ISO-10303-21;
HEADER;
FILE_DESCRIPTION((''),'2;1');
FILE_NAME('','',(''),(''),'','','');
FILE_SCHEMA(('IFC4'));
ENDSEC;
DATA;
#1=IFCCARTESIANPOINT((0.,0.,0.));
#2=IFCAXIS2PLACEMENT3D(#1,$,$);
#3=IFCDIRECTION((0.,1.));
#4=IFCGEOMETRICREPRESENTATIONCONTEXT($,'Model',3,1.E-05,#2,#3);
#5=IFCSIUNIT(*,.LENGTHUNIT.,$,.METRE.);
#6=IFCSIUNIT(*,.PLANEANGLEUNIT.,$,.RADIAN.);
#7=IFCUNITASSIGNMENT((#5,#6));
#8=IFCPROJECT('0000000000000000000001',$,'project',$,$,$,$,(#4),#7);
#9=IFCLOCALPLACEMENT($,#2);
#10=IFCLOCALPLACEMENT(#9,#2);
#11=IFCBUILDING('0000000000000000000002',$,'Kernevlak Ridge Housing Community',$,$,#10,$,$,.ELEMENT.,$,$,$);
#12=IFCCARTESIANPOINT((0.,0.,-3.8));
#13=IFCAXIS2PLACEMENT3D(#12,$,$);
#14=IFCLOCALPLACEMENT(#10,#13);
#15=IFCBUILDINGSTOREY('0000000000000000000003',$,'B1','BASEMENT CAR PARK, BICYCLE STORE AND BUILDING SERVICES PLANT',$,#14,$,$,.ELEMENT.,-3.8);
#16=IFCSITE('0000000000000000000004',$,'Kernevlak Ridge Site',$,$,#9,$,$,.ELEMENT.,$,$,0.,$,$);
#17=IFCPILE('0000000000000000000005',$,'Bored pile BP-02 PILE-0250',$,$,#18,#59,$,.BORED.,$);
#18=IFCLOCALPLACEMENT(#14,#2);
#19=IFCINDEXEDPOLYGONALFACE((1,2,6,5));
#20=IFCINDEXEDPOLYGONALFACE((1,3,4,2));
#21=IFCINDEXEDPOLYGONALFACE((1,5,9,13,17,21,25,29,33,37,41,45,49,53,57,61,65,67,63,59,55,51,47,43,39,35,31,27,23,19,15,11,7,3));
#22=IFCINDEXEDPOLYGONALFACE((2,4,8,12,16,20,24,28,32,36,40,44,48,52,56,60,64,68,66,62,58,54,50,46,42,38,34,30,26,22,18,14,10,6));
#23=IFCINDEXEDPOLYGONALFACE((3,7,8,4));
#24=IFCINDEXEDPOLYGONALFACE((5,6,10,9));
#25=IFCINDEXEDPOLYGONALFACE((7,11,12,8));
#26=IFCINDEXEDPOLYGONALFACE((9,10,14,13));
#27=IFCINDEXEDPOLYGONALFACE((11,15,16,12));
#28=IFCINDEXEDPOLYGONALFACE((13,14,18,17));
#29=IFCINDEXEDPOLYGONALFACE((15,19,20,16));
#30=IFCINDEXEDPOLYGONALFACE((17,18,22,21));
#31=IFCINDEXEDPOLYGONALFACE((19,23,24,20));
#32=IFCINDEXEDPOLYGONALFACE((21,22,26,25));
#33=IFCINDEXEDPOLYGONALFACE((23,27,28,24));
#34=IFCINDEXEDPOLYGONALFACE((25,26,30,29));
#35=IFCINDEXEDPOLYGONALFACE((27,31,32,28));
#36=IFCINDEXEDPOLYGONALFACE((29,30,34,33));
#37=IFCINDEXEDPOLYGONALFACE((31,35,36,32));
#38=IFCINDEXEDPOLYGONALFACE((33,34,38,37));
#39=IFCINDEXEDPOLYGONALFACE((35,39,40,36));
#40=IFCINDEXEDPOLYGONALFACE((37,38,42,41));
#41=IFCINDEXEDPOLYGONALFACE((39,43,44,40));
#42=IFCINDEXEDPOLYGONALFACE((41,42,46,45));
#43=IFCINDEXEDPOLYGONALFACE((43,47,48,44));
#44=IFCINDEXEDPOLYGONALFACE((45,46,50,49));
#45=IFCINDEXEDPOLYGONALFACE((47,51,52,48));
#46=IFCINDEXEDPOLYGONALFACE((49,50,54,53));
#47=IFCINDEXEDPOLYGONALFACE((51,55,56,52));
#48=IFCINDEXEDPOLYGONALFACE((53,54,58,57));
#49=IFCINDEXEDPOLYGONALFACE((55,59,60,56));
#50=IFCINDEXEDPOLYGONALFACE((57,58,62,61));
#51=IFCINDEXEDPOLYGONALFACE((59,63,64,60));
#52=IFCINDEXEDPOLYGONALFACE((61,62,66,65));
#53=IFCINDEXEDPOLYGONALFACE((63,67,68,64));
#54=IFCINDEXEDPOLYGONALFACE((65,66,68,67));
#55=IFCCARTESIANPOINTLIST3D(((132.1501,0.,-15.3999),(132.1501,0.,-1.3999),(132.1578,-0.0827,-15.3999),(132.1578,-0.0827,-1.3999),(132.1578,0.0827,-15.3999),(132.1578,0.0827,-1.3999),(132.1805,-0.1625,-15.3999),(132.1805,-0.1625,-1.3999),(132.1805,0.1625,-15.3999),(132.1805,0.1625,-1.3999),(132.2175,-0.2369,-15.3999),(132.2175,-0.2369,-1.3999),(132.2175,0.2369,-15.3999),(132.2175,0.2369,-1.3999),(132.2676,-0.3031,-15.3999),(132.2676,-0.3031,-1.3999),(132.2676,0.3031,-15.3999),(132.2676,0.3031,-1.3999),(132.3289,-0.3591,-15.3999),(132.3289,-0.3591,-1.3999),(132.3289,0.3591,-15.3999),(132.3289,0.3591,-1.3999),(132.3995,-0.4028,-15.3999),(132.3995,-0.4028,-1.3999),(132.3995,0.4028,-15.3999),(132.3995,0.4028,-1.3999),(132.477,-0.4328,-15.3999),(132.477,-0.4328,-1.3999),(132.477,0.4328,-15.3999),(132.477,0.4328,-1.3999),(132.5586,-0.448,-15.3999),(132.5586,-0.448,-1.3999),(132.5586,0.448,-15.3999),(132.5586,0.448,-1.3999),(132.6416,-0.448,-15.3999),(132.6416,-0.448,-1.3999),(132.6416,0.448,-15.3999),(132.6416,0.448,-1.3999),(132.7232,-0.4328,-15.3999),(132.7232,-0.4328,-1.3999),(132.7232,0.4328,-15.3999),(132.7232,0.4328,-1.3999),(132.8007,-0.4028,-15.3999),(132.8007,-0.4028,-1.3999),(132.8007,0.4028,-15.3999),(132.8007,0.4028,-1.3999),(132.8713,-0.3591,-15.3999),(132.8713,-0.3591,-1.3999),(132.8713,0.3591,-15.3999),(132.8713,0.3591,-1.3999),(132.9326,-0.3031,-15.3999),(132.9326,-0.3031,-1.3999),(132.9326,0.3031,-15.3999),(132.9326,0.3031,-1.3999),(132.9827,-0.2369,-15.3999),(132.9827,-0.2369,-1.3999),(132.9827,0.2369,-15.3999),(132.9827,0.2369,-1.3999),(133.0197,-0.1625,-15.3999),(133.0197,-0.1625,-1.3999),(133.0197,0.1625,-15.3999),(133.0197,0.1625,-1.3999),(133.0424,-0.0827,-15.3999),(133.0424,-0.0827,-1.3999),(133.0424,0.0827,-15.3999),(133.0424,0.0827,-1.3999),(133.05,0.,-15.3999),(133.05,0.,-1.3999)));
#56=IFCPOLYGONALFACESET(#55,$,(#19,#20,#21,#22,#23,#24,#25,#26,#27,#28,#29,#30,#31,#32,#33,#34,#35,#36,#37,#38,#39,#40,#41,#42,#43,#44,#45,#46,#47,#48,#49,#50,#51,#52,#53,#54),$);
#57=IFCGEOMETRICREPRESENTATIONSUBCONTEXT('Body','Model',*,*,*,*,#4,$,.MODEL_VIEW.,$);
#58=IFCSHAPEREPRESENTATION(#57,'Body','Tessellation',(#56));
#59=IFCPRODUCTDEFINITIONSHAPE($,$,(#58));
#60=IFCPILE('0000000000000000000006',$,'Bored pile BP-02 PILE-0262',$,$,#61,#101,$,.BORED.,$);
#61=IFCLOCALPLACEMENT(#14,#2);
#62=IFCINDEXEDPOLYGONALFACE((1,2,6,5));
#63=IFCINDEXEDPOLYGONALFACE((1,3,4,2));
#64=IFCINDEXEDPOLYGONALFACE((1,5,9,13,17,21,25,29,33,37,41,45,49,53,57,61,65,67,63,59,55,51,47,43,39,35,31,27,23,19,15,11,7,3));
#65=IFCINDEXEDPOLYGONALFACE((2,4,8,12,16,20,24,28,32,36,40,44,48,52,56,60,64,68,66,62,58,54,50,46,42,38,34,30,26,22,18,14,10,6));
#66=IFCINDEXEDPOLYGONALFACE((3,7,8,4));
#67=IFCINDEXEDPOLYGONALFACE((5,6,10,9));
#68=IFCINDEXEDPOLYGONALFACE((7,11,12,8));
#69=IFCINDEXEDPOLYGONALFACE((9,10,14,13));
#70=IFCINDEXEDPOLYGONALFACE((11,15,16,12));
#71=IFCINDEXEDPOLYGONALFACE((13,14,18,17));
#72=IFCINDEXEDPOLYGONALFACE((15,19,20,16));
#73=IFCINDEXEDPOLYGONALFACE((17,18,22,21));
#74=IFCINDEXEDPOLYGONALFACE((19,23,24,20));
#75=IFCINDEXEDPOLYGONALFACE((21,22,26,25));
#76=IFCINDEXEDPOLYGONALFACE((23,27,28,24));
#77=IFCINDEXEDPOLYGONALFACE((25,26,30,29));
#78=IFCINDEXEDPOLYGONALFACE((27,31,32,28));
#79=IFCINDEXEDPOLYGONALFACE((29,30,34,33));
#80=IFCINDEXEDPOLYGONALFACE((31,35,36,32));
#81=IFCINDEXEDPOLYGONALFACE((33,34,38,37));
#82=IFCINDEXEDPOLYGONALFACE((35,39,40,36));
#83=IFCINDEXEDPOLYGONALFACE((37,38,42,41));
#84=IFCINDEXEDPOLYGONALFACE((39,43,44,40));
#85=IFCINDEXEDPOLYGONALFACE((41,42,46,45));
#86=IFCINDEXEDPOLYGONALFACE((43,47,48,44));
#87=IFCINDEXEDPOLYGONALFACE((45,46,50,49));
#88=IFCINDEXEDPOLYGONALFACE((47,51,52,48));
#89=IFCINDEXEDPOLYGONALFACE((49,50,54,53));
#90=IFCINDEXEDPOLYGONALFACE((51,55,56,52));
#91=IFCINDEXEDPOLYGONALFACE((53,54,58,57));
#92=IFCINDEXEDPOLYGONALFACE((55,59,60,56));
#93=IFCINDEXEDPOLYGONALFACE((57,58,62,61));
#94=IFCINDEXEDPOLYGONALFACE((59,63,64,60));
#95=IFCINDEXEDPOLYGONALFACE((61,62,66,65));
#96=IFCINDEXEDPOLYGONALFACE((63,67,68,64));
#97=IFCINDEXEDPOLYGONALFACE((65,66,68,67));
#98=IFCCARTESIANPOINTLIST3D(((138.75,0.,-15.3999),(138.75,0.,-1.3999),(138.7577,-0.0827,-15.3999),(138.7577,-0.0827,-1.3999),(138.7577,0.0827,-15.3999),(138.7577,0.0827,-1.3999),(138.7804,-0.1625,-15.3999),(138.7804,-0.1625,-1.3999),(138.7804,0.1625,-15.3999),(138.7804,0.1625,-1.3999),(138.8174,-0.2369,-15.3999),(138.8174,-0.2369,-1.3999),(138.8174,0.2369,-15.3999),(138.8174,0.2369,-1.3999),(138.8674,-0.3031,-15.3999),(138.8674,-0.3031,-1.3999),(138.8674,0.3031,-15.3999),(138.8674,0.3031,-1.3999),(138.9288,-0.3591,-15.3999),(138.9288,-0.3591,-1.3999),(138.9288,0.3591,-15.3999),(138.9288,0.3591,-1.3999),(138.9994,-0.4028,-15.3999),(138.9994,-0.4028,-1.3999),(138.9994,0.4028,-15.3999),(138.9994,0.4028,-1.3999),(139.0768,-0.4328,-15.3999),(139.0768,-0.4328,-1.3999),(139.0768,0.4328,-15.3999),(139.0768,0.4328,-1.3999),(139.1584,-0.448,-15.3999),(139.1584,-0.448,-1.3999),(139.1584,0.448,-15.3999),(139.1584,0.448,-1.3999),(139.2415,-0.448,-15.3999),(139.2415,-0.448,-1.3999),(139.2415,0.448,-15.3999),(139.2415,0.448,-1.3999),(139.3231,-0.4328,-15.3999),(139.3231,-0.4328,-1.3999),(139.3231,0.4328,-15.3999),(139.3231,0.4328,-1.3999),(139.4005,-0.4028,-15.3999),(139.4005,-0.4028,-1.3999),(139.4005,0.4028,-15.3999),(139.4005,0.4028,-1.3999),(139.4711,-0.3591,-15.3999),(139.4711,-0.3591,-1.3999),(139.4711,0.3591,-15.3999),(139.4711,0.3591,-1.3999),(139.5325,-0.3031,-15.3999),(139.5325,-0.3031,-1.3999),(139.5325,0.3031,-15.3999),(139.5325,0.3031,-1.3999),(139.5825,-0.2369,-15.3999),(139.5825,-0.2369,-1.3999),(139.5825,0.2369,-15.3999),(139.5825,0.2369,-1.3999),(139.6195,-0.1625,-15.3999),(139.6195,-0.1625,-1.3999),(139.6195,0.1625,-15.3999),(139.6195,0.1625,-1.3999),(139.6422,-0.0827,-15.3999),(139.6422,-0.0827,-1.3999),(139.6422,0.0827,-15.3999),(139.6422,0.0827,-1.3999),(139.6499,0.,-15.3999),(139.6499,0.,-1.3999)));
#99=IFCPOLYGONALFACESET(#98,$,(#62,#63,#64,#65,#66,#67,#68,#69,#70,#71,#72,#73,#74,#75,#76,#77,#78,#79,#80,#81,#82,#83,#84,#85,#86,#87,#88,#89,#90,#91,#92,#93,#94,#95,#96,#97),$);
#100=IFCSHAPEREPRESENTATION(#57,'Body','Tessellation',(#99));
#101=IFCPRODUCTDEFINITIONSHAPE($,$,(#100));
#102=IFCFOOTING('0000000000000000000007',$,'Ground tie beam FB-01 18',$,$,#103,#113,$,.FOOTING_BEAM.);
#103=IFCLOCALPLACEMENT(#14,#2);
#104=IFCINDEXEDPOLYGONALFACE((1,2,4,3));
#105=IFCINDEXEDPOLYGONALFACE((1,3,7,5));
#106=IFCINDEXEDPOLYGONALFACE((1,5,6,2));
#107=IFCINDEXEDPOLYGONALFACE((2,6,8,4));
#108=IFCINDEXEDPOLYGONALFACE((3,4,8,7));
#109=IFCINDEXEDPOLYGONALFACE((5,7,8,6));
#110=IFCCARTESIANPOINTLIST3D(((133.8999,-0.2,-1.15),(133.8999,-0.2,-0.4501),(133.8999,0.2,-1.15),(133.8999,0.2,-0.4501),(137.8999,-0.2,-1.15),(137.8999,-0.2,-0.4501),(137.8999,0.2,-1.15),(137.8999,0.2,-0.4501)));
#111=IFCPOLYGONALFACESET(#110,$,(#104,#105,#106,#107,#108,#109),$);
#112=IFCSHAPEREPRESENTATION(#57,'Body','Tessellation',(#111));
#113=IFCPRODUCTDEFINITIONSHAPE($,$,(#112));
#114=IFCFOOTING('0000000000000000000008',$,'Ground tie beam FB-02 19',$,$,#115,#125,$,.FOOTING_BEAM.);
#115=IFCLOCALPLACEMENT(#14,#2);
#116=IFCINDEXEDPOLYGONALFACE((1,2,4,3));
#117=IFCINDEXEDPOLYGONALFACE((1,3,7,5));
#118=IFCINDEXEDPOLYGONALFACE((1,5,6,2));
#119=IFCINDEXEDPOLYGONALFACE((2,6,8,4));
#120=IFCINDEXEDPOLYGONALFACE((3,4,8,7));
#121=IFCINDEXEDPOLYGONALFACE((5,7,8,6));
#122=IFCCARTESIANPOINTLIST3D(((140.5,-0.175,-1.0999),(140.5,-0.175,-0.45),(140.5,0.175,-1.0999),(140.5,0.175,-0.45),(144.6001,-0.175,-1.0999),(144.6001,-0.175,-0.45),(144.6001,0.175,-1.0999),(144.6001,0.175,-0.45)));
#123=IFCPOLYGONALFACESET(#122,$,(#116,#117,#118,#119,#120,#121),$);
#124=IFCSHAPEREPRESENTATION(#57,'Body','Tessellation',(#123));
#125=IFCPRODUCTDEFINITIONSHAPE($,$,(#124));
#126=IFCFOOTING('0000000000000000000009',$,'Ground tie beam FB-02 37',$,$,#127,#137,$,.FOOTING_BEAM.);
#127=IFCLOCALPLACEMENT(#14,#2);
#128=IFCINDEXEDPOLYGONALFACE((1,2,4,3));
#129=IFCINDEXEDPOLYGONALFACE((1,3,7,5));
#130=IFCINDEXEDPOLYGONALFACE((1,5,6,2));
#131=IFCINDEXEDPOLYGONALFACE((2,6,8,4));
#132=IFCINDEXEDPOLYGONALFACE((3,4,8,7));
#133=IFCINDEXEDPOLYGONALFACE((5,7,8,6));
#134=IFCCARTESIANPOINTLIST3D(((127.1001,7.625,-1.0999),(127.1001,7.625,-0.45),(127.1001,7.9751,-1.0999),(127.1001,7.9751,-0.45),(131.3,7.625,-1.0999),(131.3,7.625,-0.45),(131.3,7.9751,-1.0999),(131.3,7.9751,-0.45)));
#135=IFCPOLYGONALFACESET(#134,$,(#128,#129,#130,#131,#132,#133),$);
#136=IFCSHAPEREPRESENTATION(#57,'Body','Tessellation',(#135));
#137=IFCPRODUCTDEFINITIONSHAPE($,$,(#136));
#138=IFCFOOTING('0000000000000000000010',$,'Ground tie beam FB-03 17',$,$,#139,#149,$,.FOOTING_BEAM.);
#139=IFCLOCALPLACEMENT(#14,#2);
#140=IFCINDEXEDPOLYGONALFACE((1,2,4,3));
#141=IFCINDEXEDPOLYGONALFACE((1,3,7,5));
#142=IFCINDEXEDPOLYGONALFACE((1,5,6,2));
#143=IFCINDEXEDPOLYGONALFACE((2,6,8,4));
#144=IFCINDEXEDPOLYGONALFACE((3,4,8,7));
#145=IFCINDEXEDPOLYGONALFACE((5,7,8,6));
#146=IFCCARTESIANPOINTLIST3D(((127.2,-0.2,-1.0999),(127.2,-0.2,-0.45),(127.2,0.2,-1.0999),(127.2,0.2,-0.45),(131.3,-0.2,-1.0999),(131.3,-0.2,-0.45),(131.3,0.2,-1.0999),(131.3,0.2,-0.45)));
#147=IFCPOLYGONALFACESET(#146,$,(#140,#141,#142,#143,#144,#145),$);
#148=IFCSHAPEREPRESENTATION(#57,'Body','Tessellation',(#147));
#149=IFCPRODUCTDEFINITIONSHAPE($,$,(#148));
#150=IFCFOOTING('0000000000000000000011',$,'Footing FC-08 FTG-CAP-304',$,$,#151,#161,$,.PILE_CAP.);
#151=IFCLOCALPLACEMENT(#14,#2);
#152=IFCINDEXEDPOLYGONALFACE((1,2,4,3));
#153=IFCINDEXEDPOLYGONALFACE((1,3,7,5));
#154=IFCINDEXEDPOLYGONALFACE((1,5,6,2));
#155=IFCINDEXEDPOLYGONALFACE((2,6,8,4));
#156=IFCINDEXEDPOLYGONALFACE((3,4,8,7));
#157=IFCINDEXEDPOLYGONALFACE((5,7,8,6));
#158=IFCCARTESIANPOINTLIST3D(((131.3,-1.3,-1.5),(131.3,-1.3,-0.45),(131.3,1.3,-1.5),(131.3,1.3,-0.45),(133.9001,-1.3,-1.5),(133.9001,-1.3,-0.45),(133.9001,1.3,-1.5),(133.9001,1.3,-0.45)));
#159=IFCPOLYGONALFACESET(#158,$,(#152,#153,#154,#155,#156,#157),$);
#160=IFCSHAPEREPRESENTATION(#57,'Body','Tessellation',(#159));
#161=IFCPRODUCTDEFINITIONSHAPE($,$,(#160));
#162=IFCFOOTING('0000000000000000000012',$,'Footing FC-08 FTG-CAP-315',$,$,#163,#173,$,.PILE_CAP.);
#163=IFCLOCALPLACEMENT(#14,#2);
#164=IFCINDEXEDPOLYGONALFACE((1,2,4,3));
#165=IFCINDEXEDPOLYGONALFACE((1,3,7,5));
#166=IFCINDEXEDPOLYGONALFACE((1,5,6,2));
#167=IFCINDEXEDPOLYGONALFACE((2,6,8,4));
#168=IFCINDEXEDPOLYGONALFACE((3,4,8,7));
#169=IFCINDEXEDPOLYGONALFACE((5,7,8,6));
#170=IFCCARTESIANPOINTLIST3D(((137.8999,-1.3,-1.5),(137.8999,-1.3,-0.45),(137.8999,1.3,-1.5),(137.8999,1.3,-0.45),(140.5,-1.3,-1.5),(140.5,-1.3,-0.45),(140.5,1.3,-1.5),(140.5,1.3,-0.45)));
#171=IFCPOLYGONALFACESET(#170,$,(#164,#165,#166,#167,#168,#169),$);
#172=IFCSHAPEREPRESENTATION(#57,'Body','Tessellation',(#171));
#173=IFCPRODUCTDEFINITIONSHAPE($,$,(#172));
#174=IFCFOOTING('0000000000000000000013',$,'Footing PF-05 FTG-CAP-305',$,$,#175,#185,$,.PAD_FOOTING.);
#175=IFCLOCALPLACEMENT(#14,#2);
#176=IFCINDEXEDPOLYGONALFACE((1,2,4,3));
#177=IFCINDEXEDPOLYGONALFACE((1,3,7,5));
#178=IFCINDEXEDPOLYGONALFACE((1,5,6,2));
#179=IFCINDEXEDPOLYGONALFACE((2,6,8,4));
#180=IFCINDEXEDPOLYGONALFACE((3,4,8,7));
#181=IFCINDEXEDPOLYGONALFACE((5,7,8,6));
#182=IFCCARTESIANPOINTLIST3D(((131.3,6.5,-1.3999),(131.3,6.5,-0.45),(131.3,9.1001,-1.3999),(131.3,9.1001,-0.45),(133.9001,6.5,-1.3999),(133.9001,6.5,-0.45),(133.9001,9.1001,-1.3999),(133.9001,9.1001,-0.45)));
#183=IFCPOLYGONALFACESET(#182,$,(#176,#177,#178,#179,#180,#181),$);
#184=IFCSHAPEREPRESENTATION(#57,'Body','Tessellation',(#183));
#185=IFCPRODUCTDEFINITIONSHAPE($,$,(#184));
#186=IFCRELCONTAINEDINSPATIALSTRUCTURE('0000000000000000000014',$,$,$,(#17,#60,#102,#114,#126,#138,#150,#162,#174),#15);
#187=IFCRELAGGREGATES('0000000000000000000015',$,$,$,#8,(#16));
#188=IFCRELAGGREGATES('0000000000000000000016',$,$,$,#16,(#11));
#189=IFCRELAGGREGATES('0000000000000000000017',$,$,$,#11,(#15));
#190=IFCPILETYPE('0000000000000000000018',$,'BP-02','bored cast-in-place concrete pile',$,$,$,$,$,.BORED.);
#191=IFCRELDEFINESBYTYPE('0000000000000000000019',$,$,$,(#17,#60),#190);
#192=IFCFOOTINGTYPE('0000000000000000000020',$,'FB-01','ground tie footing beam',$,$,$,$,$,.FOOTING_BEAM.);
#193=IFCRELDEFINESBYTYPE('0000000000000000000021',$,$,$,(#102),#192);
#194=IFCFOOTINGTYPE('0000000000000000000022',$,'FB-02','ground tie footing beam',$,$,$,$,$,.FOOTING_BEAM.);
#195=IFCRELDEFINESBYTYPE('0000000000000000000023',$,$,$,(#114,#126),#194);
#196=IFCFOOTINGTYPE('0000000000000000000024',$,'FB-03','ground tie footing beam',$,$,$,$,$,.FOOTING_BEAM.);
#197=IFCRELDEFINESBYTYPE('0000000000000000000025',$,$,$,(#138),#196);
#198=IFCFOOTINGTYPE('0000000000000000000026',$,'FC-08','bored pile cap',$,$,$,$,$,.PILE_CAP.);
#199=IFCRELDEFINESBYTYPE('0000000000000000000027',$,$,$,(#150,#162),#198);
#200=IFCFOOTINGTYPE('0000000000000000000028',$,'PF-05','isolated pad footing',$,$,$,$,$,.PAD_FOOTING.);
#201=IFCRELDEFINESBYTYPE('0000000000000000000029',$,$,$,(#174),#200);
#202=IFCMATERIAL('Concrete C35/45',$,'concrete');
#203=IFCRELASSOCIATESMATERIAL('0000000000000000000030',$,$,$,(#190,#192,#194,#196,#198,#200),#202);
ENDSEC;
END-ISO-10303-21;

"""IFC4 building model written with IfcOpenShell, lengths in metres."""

from ifc_helpers import new_model, si_unit, direction, frame, origin, origin_2d, place, context, subcontext, project, spatial, rectangle, circle, extrude, material, material_profile, profile_set, type_object, element, save


model = new_model("IFC4")

# Units and contexts
model_context = context("Model", 3, precision=1e-05, world=origin(), true_north=direction((0.0, 1.0)))
body_context = subcontext(model_context, "Body", "Model", "MODEL_VIEW")
ifc_project = project(units=[si_unit("LENGTHUNIT", "METRE"), si_unit("PLANEANGLEUNIT", "RADIAN")], contexts=[model_context])

# Site, building, storey
site_placement = place(None, origin())
site = spatial("IfcSite", under=ifc_project, at=site_placement, Name="Kernevlak Ridge Site", CompositionType="ELEMENT", RefElevation=0.0)
building_placement = place(site_placement, origin())
building = spatial("IfcBuilding", under=site, at=building_placement, Name="Kernevlak Ridge Housing Community", CompositionType="ELEMENT")
storey_placement = place(building_placement, frame((0.0, 0.0, -3.8)))
storey = spatial("IfcBuildingStorey", under=building, at=storey_placement, Name="B1", Description="BASEMENT CAR PARK, BICYCLE STORE AND BUILDING SERVICES PLANT", CompositionType="ELEMENT", Elevation=-3.8)

# Piles
ifc_material_1 = material(Name="Concrete C35/45", Category="concrete")
ifc_material_profile_1 = material_profile(ifc_material_1, circle(Radius=0.45, at=origin_2d()), Name="BORED PILE 900")
ifc_profile_set_1 = profile_set([ifc_material_profile_1], Name="Concrete C35/45")
pile_type = type_object("IfcPileType", Name="BP-02", Description="bored cast-in-place concrete pile", PredefinedType="BORED", material=ifc_profile_set_1)
for number, where, z_axis, x_axis, name in (
    (1, (132.6001, 0.0, -1.3999), (0.0, 0.0, -1.0), (1.0, 0.0, 0.0), "Bored pile BP-02 PILE-0250"),
    (2, (139.2, 0.0, -1.3999), (0.0, 0.0, -1.0), (1.0, 0.0, 0.0), "Bored pile BP-02 PILE-0262"),
):
    element("IfcPile", number, at=place(storey_placement, frame(where, z_axis=z_axis, x_axis=x_axis)), inside=storey, type_object=pile_type, Name=name, PredefinedType="BORED", context=body_context, shape_type="SweptSolid", body=[
        extrude(circle(Radius=0.45, at=origin_2d()), origin(), (0.0, 0.0, 1.0), 14.0),
    ])

# Footings
ifc_material_profile_2 = material_profile(ifc_material_1, rectangle(XDim=0.3999, YDim=0.7, at=origin_2d()), Name="RC 400x700")
ifc_profile_set_2 = profile_set([ifc_material_profile_2], Name="Concrete C35/45")
footing_type_1 = type_object("IfcFootingType", Name="FB-01", Description="ground tie footing beam", PredefinedType="FOOTING_BEAM", material=ifc_profile_set_2)
footing_1_placement = place(storey_placement, frame((133.8999, 0.0, -0.8), z_axis=(1.0, 0.0, 0.0), x_axis=(0.0, 1.0, 0.0)))
element("IfcFooting", 3, at=footing_1_placement, inside=storey, type_object=footing_type_1, Name="Ground tie beam FB-01 18", PredefinedType="FOOTING_BEAM", context=body_context, shape_type="SweptSolid", body=[
    extrude(rectangle(XDim=0.3999, YDim=0.7, at=origin_2d()), origin(), (0.0, 0.0, 1.0), 4.0),
])
ifc_material_profile_3 = material_profile(ifc_material_1, rectangle(XDim=0.3501, YDim=0.6499, at=origin_2d()), Name="RC 350x650")
ifc_profile_set_3 = profile_set([ifc_material_profile_3], Name="Concrete C35/45")
footing_type_2 = type_object("IfcFootingType", Name="FB-02", Description="ground tie footing beam", PredefinedType="FOOTING_BEAM", material=ifc_profile_set_3)
footing_2_placement = place(storey_placement, frame((140.5, 0.0, -0.7749), z_axis=(1.0, 0.0, 0.0), x_axis=(0.0, 1.0, 0.0)))
element("IfcFooting", 4, at=footing_2_placement, inside=storey, type_object=footing_type_2, Name="Ground tie beam FB-02 19", PredefinedType="FOOTING_BEAM", context=body_context, shape_type="SweptSolid", body=[
    extrude(rectangle(XDim=0.3501, YDim=0.6499, at=origin_2d()), origin(), (0.0, 0.0, 1.0), 4.1001),
])
footing_3_placement = place(storey_placement, frame((127.1001, 7.8, -0.7749), z_axis=(1.0, 0.0, 0.0), x_axis=(0.0, 1.0, 0.0)))
element("IfcFooting", 5, at=footing_3_placement, inside=storey, type_object=footing_type_2, Name="Ground tie beam FB-02 37", PredefinedType="FOOTING_BEAM", context=body_context, shape_type="SweptSolid", body=[
    extrude(rectangle(XDim=0.3501, YDim=0.6499, at=origin_2d()), origin(), (0.0, 0.0, 1.0), 4.2),
])
ifc_material_profile_4 = material_profile(ifc_material_1, rectangle(XDim=0.3999, YDim=0.6499, at=origin_2d()), Name="RC 400x650")
ifc_profile_set_4 = profile_set([ifc_material_profile_4], Name="Concrete C35/45")
footing_type_3 = type_object("IfcFootingType", Name="FB-03", Description="ground tie footing beam", PredefinedType="FOOTING_BEAM", material=ifc_profile_set_4)
footing_4_placement = place(storey_placement, frame((127.2, 0.0, -0.7749), z_axis=(1.0, 0.0, 0.0), x_axis=(0.0, 1.0, 0.0)))
element("IfcFooting", 6, at=footing_4_placement, inside=storey, type_object=footing_type_3, Name="Ground tie beam FB-03 17", PredefinedType="FOOTING_BEAM", context=body_context, shape_type="SweptSolid", body=[
    extrude(rectangle(XDim=0.3999, YDim=0.6499, at=origin_2d()), origin(), (0.0, 0.0, 1.0), 4.1001),
])
footing_type_4 = type_object("IfcFootingType", Name="FC-08", Description="bored pile cap", PredefinedType="PILE_CAP", material=ifc_material_1)
for number, where, z_axis, x_axis, name in (
    (7, (132.6001, 0.0, -1.5), (0.0, 0.0, 1.0), (1.0, 0.0, 0.0), "Footing FC-08 FTG-CAP-304"),
    (8, (139.2, 0.0, -1.5), (0.0, 0.0, 1.0), (1.0, 0.0, 0.0), "Footing FC-08 FTG-CAP-315"),
):
    element("IfcFooting", number, at=place(storey_placement, frame(where, z_axis=z_axis, x_axis=x_axis)), inside=storey, type_object=footing_type_4, Name=name, PredefinedType="PILE_CAP", context=body_context, shape_type="SweptSolid", body=[
        extrude(rectangle(XDim=2.6001, YDim=2.6001, at=origin_2d()), origin(), (0.0, 0.0, 1.0), 1.05),
    ])
footing_type_5 = type_object("IfcFootingType", Name="PF-05", Description="isolated pad footing", PredefinedType="PAD_FOOTING", material=ifc_material_1)
footing_5_placement = place(storey_placement, frame((132.6001, 7.8, -1.3999), z_axis=(0.0, 0.0, 1.0), x_axis=(1.0, 0.0, 0.0)))
element("IfcFooting", 9, at=footing_5_placement, inside=storey, type_object=footing_type_5, Name="Footing PF-05 FTG-CAP-305", PredefinedType="PAD_FOOTING", context=body_context, shape_type="SweptSolid", body=[
    extrude(rectangle(XDim=2.6001, YDim=2.6001, at=origin_2d()), origin(), (0.0, 0.0, 1.0), 0.95),
])

save(model, "model.ifc")
